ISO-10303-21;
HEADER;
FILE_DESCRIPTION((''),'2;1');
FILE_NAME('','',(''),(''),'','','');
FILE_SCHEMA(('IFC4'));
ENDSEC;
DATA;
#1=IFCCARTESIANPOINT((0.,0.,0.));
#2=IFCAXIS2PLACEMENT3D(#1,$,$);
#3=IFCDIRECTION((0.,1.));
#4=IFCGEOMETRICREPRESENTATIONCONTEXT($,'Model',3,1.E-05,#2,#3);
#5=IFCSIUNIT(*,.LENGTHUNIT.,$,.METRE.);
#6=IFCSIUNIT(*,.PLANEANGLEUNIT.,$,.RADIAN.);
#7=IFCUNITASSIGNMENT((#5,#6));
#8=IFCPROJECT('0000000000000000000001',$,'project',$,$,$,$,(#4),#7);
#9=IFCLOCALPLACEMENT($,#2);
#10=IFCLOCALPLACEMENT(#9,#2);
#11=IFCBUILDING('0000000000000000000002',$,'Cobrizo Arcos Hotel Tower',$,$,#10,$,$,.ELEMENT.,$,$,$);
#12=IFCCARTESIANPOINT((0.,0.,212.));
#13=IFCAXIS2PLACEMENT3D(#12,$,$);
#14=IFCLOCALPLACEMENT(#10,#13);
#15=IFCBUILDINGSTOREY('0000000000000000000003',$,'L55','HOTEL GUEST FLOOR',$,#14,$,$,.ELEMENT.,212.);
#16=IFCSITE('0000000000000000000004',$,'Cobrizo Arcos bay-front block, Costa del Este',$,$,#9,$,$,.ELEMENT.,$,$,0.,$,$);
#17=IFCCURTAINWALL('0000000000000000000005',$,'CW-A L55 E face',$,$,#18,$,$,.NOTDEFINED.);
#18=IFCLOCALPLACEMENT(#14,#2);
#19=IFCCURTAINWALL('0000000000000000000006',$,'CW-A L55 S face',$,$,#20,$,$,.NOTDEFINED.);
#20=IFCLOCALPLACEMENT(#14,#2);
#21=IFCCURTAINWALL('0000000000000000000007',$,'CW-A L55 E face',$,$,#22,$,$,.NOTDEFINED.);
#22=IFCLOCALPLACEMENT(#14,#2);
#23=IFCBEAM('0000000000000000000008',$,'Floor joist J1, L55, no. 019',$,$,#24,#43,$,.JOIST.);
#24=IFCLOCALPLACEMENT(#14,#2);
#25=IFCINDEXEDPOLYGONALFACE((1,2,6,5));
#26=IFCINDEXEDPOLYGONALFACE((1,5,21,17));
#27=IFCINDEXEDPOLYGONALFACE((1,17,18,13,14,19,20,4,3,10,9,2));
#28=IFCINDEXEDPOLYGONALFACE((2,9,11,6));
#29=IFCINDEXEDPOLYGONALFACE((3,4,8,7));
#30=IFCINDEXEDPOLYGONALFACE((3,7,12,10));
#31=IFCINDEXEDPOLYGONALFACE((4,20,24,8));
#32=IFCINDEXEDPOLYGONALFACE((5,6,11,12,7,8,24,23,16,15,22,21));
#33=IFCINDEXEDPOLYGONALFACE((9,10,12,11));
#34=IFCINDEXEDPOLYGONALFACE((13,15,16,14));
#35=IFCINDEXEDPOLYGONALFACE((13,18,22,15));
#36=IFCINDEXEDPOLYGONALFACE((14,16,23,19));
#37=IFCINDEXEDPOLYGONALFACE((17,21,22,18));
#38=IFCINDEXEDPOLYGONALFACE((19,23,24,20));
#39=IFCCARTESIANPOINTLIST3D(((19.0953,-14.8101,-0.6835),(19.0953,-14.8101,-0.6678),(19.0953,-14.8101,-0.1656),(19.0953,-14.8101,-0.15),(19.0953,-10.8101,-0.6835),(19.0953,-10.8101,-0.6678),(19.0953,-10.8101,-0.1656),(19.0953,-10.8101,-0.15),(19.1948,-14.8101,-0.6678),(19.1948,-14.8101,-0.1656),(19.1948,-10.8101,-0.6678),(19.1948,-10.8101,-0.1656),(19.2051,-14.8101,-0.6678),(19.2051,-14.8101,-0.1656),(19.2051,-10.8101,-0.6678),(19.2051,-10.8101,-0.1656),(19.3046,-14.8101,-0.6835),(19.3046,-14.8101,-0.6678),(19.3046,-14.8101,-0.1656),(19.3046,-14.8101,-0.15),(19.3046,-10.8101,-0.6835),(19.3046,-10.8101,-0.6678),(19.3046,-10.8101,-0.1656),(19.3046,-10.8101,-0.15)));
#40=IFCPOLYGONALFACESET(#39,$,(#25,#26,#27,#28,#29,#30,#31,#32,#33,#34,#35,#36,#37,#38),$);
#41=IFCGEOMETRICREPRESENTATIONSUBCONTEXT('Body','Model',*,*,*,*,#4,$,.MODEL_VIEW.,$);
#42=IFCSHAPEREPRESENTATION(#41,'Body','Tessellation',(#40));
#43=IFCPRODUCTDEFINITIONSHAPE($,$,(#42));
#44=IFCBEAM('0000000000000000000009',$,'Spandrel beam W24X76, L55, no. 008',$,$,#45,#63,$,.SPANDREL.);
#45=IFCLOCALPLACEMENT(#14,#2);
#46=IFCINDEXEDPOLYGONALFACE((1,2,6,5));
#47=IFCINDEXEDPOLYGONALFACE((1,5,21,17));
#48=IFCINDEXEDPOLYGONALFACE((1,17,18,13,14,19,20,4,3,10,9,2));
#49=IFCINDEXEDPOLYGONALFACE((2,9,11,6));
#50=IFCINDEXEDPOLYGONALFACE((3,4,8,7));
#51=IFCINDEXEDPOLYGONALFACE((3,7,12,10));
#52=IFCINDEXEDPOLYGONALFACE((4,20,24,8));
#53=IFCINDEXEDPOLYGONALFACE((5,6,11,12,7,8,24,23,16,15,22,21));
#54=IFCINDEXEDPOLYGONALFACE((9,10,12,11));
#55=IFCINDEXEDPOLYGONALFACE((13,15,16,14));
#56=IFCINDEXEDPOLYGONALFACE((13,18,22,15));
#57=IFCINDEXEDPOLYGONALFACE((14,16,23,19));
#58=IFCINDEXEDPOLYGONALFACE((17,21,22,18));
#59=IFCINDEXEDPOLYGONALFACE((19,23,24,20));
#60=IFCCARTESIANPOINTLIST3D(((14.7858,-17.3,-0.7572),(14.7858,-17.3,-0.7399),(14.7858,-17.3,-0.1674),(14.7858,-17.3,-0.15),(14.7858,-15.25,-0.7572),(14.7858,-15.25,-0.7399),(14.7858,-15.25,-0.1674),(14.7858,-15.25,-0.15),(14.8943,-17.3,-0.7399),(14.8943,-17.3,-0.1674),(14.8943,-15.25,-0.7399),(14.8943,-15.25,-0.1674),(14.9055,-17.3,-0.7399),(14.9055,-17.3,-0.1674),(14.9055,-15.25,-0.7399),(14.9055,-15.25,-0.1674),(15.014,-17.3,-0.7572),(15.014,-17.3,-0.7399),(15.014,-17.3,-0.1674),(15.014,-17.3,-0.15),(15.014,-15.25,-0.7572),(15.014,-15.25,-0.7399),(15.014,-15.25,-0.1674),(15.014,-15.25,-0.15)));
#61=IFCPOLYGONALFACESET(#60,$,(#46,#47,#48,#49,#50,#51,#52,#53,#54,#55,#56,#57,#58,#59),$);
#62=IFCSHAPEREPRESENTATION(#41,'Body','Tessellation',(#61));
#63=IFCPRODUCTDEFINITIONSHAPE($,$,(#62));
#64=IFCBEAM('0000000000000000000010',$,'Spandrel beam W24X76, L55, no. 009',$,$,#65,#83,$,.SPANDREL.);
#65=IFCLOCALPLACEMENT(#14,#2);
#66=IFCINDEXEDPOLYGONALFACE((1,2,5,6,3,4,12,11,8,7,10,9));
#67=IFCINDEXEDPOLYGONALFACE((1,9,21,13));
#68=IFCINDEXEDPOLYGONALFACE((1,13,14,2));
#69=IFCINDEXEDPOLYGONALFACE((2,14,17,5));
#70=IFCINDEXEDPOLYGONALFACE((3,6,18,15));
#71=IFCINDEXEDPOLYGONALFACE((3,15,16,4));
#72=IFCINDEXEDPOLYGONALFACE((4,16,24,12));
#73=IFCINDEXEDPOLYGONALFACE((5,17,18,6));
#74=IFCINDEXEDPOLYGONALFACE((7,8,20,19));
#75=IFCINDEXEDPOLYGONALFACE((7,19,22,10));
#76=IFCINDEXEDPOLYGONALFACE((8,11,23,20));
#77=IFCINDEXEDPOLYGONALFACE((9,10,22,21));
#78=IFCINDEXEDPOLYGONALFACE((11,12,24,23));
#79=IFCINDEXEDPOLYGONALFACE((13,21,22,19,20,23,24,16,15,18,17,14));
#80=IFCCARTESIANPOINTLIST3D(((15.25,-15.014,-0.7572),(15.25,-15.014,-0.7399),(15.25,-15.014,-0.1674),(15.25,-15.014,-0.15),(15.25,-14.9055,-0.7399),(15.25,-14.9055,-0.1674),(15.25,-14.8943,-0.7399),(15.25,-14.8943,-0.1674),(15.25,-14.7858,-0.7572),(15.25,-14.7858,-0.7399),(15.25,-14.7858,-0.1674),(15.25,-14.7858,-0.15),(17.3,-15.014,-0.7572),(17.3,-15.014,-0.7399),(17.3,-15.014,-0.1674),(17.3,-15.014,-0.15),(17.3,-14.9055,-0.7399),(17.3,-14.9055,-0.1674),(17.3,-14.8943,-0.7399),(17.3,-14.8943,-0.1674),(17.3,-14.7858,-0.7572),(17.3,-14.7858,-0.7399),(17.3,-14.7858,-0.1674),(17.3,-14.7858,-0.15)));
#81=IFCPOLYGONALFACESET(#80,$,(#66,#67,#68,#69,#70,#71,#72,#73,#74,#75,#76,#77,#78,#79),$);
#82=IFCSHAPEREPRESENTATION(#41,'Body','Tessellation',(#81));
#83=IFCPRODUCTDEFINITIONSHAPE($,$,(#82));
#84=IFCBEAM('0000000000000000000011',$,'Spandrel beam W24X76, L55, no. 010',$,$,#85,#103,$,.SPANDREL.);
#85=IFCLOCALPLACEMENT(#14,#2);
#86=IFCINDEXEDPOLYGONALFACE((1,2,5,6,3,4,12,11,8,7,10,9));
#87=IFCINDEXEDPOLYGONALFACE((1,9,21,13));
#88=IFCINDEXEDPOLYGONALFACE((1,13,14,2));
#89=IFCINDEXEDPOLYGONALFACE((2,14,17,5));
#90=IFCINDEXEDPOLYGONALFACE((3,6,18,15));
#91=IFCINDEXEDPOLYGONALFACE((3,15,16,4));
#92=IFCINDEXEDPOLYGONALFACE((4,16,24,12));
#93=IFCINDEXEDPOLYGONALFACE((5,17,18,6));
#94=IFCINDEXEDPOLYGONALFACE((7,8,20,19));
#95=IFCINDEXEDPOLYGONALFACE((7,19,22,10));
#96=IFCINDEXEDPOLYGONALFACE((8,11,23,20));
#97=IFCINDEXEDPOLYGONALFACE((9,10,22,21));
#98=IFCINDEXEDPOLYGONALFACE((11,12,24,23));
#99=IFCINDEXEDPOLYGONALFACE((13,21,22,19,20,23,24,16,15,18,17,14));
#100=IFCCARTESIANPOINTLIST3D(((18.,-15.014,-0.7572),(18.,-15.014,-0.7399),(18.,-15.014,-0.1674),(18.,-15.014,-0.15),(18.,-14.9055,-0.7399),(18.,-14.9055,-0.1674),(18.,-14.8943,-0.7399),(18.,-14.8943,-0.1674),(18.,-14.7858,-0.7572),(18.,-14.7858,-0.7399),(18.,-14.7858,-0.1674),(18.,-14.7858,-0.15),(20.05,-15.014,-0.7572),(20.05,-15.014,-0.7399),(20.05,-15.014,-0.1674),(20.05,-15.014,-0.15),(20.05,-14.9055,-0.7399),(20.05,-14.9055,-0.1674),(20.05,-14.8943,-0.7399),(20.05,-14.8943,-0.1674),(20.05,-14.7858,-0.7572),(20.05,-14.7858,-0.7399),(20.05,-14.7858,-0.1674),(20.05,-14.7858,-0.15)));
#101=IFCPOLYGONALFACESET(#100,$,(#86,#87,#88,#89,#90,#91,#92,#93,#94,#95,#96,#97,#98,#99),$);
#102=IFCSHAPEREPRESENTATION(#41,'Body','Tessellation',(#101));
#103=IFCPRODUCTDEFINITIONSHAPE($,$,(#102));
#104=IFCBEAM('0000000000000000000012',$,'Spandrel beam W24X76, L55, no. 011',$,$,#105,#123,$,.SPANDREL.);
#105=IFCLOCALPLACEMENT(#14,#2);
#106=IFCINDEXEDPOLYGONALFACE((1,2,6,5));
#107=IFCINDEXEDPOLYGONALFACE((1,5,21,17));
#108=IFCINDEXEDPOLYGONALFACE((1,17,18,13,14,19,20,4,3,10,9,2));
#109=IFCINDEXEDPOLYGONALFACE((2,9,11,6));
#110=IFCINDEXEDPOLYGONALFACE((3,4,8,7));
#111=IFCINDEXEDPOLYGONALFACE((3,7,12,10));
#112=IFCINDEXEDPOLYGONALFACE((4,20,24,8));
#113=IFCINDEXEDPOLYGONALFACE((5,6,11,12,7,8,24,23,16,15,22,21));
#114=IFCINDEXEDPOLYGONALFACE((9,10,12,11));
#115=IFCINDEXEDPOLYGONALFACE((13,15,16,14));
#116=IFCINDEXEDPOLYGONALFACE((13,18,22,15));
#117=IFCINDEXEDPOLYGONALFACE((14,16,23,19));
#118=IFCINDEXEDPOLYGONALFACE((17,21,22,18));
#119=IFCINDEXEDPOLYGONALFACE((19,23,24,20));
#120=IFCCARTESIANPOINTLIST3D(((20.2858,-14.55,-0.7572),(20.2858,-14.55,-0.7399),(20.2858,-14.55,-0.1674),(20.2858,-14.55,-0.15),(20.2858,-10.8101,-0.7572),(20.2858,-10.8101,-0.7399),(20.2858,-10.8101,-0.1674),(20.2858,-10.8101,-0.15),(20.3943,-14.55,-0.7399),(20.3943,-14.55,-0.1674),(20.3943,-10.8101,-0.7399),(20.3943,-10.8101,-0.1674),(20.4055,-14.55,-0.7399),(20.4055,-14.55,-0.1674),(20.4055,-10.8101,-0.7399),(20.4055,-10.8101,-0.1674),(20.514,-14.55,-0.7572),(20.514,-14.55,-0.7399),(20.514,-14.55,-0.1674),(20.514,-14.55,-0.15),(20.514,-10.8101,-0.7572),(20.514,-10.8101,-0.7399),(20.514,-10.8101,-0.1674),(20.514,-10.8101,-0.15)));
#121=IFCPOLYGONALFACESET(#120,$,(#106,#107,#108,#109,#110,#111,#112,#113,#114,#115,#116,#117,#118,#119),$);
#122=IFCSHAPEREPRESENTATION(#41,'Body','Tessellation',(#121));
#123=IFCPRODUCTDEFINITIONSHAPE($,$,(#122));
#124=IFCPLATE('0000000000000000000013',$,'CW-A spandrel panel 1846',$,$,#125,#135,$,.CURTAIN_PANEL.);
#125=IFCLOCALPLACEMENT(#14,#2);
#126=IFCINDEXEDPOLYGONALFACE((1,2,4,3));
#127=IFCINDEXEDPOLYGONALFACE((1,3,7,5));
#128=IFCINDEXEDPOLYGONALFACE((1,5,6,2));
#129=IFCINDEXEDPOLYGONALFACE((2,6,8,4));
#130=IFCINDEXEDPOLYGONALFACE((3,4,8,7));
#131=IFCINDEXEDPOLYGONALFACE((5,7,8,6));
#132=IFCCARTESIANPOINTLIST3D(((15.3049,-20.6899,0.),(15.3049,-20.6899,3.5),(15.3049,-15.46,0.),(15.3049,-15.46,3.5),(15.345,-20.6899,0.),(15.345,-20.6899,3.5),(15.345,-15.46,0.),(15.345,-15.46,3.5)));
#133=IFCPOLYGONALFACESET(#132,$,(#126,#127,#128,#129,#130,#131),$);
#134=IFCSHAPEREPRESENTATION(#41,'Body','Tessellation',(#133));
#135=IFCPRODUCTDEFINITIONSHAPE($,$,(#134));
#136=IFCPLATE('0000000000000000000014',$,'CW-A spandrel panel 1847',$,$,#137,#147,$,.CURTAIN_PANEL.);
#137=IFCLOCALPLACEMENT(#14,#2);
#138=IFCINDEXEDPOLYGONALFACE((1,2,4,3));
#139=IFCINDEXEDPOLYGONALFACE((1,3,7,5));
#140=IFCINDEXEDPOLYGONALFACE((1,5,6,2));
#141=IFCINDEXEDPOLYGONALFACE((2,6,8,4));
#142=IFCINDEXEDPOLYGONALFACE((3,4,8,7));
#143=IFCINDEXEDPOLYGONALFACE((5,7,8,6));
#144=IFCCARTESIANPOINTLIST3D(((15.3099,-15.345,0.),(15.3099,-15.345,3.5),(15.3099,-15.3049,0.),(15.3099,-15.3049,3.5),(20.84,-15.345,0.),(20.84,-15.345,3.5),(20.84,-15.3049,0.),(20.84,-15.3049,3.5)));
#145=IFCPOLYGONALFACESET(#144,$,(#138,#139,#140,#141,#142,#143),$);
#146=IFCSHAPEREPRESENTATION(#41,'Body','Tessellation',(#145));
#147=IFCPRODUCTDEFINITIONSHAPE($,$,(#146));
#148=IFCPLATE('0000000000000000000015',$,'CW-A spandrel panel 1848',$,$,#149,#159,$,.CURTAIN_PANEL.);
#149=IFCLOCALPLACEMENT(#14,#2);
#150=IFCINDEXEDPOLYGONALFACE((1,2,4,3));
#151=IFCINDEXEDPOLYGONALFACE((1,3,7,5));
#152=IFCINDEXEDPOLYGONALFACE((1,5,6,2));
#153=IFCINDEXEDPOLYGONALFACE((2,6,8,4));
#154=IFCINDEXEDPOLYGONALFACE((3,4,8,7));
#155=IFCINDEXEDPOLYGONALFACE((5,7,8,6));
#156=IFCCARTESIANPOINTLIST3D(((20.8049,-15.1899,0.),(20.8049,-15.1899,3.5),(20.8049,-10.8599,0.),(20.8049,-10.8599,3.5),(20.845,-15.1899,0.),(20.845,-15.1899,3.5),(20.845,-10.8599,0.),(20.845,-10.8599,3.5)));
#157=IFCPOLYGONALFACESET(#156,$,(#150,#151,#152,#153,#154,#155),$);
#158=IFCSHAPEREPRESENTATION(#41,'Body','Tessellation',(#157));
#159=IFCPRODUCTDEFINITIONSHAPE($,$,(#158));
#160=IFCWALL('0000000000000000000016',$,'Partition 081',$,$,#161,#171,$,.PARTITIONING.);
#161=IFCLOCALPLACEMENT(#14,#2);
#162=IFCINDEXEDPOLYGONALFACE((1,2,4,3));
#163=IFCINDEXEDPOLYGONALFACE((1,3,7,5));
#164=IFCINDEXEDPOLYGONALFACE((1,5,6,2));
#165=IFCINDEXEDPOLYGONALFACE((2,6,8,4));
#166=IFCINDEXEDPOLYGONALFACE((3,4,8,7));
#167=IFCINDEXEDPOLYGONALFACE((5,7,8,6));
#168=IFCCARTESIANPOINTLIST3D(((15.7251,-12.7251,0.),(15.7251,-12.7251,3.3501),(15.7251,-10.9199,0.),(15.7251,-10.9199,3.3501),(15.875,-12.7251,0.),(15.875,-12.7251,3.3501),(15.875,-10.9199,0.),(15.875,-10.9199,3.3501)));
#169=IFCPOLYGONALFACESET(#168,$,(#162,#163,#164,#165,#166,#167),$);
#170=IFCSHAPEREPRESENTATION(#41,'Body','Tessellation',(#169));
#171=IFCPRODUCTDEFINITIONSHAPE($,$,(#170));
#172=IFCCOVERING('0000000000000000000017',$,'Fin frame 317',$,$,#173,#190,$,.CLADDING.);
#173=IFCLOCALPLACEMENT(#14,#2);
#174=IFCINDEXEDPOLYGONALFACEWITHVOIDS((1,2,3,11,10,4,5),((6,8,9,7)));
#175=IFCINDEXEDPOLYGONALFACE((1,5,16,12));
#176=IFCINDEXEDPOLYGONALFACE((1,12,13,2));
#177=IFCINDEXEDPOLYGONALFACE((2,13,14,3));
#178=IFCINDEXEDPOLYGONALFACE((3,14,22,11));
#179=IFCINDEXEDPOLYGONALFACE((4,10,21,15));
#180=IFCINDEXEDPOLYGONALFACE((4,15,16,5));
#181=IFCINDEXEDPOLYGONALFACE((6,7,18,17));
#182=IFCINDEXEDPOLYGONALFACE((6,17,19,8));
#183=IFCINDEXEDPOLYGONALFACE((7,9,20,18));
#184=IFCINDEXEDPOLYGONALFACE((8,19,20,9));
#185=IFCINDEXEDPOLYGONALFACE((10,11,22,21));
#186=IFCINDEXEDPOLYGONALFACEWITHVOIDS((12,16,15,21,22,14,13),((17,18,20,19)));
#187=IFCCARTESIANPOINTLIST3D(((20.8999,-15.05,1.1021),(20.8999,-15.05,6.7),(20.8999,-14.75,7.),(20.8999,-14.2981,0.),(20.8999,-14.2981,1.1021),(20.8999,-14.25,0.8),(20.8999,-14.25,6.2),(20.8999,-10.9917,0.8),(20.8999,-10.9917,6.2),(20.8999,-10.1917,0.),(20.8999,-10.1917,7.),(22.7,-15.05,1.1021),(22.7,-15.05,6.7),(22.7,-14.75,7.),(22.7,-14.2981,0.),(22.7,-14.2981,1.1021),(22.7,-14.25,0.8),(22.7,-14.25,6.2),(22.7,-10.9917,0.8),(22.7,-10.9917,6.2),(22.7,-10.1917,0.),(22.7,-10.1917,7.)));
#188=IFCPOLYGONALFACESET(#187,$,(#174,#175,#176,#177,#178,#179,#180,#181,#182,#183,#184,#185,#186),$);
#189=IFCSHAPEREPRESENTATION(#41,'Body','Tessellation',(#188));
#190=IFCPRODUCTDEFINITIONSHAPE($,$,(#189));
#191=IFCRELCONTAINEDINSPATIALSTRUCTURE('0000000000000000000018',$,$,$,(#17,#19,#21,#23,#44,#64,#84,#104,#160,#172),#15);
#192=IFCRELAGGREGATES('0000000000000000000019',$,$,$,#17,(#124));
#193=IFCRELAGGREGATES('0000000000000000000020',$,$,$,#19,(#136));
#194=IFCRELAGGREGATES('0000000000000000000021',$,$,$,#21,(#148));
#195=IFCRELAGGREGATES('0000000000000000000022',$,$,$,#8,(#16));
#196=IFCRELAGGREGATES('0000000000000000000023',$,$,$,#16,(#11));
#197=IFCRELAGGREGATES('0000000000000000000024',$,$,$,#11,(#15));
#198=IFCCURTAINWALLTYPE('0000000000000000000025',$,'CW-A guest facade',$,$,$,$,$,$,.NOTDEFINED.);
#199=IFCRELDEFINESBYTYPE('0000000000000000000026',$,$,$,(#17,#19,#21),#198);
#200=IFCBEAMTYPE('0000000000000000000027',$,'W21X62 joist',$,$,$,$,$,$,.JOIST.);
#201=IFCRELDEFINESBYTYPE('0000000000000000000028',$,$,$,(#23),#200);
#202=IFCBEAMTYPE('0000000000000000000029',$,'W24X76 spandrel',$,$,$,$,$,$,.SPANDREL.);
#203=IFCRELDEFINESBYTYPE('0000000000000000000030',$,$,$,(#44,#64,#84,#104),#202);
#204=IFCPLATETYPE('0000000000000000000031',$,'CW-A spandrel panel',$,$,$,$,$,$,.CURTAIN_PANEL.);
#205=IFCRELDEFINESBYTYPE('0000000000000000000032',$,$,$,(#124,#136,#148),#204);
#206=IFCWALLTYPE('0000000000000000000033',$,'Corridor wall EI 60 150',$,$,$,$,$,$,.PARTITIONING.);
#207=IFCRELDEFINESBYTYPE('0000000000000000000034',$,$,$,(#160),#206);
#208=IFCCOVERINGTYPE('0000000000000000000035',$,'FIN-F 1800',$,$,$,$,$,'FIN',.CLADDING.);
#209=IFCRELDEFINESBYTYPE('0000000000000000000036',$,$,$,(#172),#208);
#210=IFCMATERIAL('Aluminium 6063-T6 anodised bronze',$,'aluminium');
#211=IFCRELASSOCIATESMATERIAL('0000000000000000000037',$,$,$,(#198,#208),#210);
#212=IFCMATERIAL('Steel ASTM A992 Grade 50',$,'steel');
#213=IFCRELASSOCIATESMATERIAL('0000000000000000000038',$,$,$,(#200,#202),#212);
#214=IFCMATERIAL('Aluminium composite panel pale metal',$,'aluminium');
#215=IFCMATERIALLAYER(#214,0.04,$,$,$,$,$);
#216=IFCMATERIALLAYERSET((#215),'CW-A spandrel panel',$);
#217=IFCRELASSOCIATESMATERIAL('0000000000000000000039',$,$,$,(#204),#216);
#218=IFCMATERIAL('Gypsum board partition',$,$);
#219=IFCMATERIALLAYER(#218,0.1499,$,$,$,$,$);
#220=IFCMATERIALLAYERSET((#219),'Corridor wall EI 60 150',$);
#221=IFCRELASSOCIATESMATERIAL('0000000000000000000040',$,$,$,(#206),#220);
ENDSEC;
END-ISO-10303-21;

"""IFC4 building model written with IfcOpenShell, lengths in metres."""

from ifc_helpers import new_model, si_unit, direction, frame, frame_2d, origin, origin_2d, place, context, subcontext, project, spatial, polyline, rectangle, i_section, outline, extrude, material, layer, layer_set, material_profile, profile_set, type_object, element, aggregate, save


model = new_model("IFC4")

# Units and contexts
model_context = context("Model", 3, precision=1e-05, world=origin(), true_north=direction((0.0, 1.0)))
body_context = subcontext(model_context, "Body", "Model", "MODEL_VIEW")
ifc_project = project(units=[si_unit("LENGTHUNIT", "METRE"), si_unit("PLANEANGLEUNIT", "RADIAN")], contexts=[model_context])

# Site, building, storey
site_placement = place(None, origin())
site = spatial("IfcSite", under=ifc_project, at=site_placement, Name="Cobrizo Arcos bay-front block, Costa del Este", CompositionType="ELEMENT", RefElevation=0.0)
building_placement = place(site_placement, origin())
building = spatial("IfcBuilding", under=site, at=building_placement, Name="Cobrizo Arcos Hotel Tower", CompositionType="ELEMENT")
storey_placement = place(building_placement, frame((0.0, 0.0, 212.0)))
storey = spatial("IfcBuildingStorey", under=building, at=storey_placement, Name="L55", Description="HOTEL GUEST FLOOR", CompositionType="ELEMENT", Elevation=212.0)

# Shared definitions
ifc_material_1 = material(Name="Aluminium 6063-T6 anodised bronze", Category="aluminium")
curtain_wall_type = type_object("IfcCurtainWallType", Name="CW-A guest facade", PredefinedType="NOTDEFINED", material=ifc_material_1)

# Curtain walls
curtain_wall_1_placement = place(storey_placement, origin())
curtain_wall_1 = element("IfcCurtainWall", 1, at=curtain_wall_1_placement, inside=storey, type_object=curtain_wall_type, Name="CW-A L55 E face", PredefinedType="NOTDEFINED")
curtain_wall_2_placement = place(storey_placement, origin())
curtain_wall_2 = element("IfcCurtainWall", 2, at=curtain_wall_2_placement, inside=storey, type_object=curtain_wall_type, Name="CW-A L55 S face", PredefinedType="NOTDEFINED")
curtain_wall_3_placement = place(storey_placement, origin())
curtain_wall_3 = element("IfcCurtainWall", 3, at=curtain_wall_3_placement, inside=storey, type_object=curtain_wall_type, Name="CW-A L55 E face", PredefinedType="NOTDEFINED")

# Beams
ifc_material_2 = material(Name="Steel ASTM A992 Grade 50", Category="steel")
ifc_material_profile_1 = material_profile(ifc_material_2, i_section(OverallWidth=0.2092, OverallDepth=0.5334, WebThickness=0.0103, FlangeThickness=0.0156, at=origin_2d()), Name="W21X62")
ifc_profile_set_1 = profile_set([ifc_material_profile_1], Name="Steel ASTM A992 Grade 50")
beam_type_1 = type_object("IfcBeamType", Name="W21X62 joist", PredefinedType="JOIST", material=ifc_profile_set_1)
beam_1_placement = place(storey_placement, frame((19.2, -14.8101, -0.4167), z_axis=(0.0, 1.0, 0.0), x_axis=(-1.0, 0.0, 0.0)))
element("IfcBeam", 4, at=beam_1_placement, inside=storey, type_object=beam_type_1, Name="Floor joist J1, L55, no. 019", PredefinedType="JOIST", context=body_context, shape_type="SweptSolid", body=[
    extrude(i_section(OverallWidth=0.2092, OverallDepth=0.5334, WebThickness=0.0103, FlangeThickness=0.0156, at=origin_2d()), origin(), (0.0, 0.0, 1.0), 4.0),
])
ifc_material_profile_2 = material_profile(ifc_material_2, i_section(OverallWidth=0.2283, OverallDepth=0.6072, WebThickness=0.0112, FlangeThickness=0.0173, at=origin_2d()), Name="W24X76")
ifc_profile_set_2 = profile_set([ifc_material_profile_2], Name="Steel ASTM A992 Grade 50")
beam_type_2 = type_object("IfcBeamType", Name="W24X76 spandrel", PredefinedType="SPANDREL", material=ifc_profile_set_2)
for number, where, z_axis, x_axis, name in (
    (5, (14.8999, -17.3, -0.4536), (0.0, 1.0, 0.0), (-1.0, 0.0, 0.0), "Spandrel beam W24X76, L55, no. 008"),
    (6, (15.25, -14.8999, -0.4536), (1.0, 0.0, 0.0), (0.0, 1.0, 0.0), "Spandrel beam W24X76, L55, no. 009"),
    (7, (18.0, -14.8999, -0.4536), (1.0, 0.0, 0.0), (0.0, 1.0, 0.0), "Spandrel beam W24X76, L55, no. 010"),
):
    element("IfcBeam", number, at=place(storey_placement, frame(where, z_axis=z_axis, x_axis=x_axis)), inside=storey, type_object=beam_type_2, Name=name, PredefinedType="SPANDREL", context=body_context, shape_type="SweptSolid", body=[
        extrude(i_section(OverallWidth=0.2283, OverallDepth=0.6072, WebThickness=0.0112, FlangeThickness=0.0173, at=origin_2d()), origin(), (0.0, 0.0, 1.0), 2.05),
    ])
beam_2_placement = place(storey_placement, frame((20.3999, -14.55, -0.4536), z_axis=(0.0, 1.0, 0.0), x_axis=(-1.0, 0.0, 0.0)))
element("IfcBeam", 8, at=beam_2_placement, inside=storey, type_object=beam_type_2, Name="Spandrel beam W24X76, L55, no. 011", PredefinedType="SPANDREL", context=body_context, shape_type="SweptSolid", body=[
    extrude(i_section(OverallWidth=0.2283, OverallDepth=0.6072, WebThickness=0.0112, FlangeThickness=0.0173, at=origin_2d()), origin(), (0.0, 0.0, 1.0), 3.74),
])

# Plates
ifc_material_3 = material(Name="Aluminium composite panel pale metal", Category="aluminium")
ifc_layer_1 = layer(ifc_material_3, 0.04)
ifc_layer_set_1 = layer_set([ifc_layer_1], Name="CW-A spandrel panel")
plate_type = type_object("IfcPlateType", Name="CW-A spandrel panel", PredefinedType="CURTAIN_PANEL", material=ifc_layer_set_1)
plate_1_placement = place(storey_placement, frame((15.325, -18.075, 0.0), z_axis=(0.0, 0.0, 1.0), x_axis=(0.0, 1.0, 0.0)))
plate_1 = element("IfcPlate", 9, at=plate_1_placement, type_object=plate_type, Name="CW-A spandrel panel 1846", PredefinedType="CURTAIN_PANEL", context=body_context, shape_type="SweptSolid", body=[
    extrude(rectangle(XDim=5.23, YDim=0.04, at=origin_2d()), origin(), (0.0, 0.0, 1.0), 3.5),
])
aggregate(curtain_wall_1, [plate_1])
plate_2_placement = place(storey_placement, frame((18.075, -15.325, 0.0), z_axis=(0.0, 0.0, 1.0), x_axis=(1.0, 0.0, 0.0)))
plate_2 = element("IfcPlate", 10, at=plate_2_placement, type_object=plate_type, Name="CW-A spandrel panel 1847", PredefinedType="CURTAIN_PANEL", context=body_context, shape_type="SweptSolid", body=[
    extrude(rectangle(XDim=5.53, YDim=0.04, at=origin_2d()), origin(), (0.0, 0.0, 1.0), 3.5),
])
aggregate(curtain_wall_2, [plate_2])
plate_3_placement = place(storey_placement, frame((20.825, -13.0249, 0.0), z_axis=(0.0, 0.0, 1.0), x_axis=(0.0, 1.0, 0.0)))
plate_3 = element("IfcPlate", 11, at=plate_3_placement, type_object=plate_type, Name="CW-A spandrel panel 1848", PredefinedType="CURTAIN_PANEL", context=body_context, shape_type="SweptSolid", body=[
    extrude(rectangle(XDim=4.3301, YDim=0.04, at=origin_2d()), origin(), (0.0, 0.0, 1.0), 3.5),
])
aggregate(curtain_wall_3, [plate_3])

# Wall
ifc_material_4 = material(Name="Gypsum board partition")
ifc_layer_2 = layer(ifc_material_4, 0.1499)
ifc_layer_set_2 = layer_set([ifc_layer_2], Name="Corridor wall EI 60 150")
wall_type = type_object("IfcWallType", Name="Corridor wall EI 60 150", PredefinedType="PARTITIONING", material=ifc_layer_set_2)
wall_placement = place(storey_placement, frame((15.8, -12.7251, 0.0), z_axis=(0.0, 0.0, 1.0), x_axis=(0.0, 1.0, 0.0)))
element("IfcWall", 12, at=wall_placement, inside=storey, type_object=wall_type, Name="Partition 081", PredefinedType="PARTITIONING", context=body_context, shape_type="SweptSolid", body=[
    extrude(rectangle(XDim=1.8052, YDim=0.1499, at=frame_2d((0.9026, 0.0))), origin(), (0.0, 0.0, 1.0), 3.3501),
])

# Covering
covering_type = type_object("IfcCoveringType", Name="FIN-F 1800", ElementType="FIN", PredefinedType="CLADDING", material=ifc_material_1)
covering_placement = place(storey_placement, frame((20.8999, -15.05, 0.0), z_axis=(1.0, 0.0, 0.0), x_axis=(0.0, 1.0, 0.0)))
element("IfcCovering", 13, at=covering_placement, inside=storey, type_object=covering_type, Name="Fin frame 317", PredefinedType="CLADDING", context=body_context, shape_type="SweptSolid", body=[
    extrude(outline(polyline([(0.0, 6.7), (0.0, 1.1021), (0.752, 1.1021), (0.752, 0.0), (4.8584, 0.0), (4.8584, 7.0), (0.3, 7.0), (0.0, 6.7)]), holes=[polyline([(4.0583, 0.8), (0.8, 0.8), (0.8, 6.2), (4.0583, 6.2), (4.0583, 0.8)])]), origin(), (0.0, 0.0, 1.0), 1.8),
])

save(model, "model.ifc")
